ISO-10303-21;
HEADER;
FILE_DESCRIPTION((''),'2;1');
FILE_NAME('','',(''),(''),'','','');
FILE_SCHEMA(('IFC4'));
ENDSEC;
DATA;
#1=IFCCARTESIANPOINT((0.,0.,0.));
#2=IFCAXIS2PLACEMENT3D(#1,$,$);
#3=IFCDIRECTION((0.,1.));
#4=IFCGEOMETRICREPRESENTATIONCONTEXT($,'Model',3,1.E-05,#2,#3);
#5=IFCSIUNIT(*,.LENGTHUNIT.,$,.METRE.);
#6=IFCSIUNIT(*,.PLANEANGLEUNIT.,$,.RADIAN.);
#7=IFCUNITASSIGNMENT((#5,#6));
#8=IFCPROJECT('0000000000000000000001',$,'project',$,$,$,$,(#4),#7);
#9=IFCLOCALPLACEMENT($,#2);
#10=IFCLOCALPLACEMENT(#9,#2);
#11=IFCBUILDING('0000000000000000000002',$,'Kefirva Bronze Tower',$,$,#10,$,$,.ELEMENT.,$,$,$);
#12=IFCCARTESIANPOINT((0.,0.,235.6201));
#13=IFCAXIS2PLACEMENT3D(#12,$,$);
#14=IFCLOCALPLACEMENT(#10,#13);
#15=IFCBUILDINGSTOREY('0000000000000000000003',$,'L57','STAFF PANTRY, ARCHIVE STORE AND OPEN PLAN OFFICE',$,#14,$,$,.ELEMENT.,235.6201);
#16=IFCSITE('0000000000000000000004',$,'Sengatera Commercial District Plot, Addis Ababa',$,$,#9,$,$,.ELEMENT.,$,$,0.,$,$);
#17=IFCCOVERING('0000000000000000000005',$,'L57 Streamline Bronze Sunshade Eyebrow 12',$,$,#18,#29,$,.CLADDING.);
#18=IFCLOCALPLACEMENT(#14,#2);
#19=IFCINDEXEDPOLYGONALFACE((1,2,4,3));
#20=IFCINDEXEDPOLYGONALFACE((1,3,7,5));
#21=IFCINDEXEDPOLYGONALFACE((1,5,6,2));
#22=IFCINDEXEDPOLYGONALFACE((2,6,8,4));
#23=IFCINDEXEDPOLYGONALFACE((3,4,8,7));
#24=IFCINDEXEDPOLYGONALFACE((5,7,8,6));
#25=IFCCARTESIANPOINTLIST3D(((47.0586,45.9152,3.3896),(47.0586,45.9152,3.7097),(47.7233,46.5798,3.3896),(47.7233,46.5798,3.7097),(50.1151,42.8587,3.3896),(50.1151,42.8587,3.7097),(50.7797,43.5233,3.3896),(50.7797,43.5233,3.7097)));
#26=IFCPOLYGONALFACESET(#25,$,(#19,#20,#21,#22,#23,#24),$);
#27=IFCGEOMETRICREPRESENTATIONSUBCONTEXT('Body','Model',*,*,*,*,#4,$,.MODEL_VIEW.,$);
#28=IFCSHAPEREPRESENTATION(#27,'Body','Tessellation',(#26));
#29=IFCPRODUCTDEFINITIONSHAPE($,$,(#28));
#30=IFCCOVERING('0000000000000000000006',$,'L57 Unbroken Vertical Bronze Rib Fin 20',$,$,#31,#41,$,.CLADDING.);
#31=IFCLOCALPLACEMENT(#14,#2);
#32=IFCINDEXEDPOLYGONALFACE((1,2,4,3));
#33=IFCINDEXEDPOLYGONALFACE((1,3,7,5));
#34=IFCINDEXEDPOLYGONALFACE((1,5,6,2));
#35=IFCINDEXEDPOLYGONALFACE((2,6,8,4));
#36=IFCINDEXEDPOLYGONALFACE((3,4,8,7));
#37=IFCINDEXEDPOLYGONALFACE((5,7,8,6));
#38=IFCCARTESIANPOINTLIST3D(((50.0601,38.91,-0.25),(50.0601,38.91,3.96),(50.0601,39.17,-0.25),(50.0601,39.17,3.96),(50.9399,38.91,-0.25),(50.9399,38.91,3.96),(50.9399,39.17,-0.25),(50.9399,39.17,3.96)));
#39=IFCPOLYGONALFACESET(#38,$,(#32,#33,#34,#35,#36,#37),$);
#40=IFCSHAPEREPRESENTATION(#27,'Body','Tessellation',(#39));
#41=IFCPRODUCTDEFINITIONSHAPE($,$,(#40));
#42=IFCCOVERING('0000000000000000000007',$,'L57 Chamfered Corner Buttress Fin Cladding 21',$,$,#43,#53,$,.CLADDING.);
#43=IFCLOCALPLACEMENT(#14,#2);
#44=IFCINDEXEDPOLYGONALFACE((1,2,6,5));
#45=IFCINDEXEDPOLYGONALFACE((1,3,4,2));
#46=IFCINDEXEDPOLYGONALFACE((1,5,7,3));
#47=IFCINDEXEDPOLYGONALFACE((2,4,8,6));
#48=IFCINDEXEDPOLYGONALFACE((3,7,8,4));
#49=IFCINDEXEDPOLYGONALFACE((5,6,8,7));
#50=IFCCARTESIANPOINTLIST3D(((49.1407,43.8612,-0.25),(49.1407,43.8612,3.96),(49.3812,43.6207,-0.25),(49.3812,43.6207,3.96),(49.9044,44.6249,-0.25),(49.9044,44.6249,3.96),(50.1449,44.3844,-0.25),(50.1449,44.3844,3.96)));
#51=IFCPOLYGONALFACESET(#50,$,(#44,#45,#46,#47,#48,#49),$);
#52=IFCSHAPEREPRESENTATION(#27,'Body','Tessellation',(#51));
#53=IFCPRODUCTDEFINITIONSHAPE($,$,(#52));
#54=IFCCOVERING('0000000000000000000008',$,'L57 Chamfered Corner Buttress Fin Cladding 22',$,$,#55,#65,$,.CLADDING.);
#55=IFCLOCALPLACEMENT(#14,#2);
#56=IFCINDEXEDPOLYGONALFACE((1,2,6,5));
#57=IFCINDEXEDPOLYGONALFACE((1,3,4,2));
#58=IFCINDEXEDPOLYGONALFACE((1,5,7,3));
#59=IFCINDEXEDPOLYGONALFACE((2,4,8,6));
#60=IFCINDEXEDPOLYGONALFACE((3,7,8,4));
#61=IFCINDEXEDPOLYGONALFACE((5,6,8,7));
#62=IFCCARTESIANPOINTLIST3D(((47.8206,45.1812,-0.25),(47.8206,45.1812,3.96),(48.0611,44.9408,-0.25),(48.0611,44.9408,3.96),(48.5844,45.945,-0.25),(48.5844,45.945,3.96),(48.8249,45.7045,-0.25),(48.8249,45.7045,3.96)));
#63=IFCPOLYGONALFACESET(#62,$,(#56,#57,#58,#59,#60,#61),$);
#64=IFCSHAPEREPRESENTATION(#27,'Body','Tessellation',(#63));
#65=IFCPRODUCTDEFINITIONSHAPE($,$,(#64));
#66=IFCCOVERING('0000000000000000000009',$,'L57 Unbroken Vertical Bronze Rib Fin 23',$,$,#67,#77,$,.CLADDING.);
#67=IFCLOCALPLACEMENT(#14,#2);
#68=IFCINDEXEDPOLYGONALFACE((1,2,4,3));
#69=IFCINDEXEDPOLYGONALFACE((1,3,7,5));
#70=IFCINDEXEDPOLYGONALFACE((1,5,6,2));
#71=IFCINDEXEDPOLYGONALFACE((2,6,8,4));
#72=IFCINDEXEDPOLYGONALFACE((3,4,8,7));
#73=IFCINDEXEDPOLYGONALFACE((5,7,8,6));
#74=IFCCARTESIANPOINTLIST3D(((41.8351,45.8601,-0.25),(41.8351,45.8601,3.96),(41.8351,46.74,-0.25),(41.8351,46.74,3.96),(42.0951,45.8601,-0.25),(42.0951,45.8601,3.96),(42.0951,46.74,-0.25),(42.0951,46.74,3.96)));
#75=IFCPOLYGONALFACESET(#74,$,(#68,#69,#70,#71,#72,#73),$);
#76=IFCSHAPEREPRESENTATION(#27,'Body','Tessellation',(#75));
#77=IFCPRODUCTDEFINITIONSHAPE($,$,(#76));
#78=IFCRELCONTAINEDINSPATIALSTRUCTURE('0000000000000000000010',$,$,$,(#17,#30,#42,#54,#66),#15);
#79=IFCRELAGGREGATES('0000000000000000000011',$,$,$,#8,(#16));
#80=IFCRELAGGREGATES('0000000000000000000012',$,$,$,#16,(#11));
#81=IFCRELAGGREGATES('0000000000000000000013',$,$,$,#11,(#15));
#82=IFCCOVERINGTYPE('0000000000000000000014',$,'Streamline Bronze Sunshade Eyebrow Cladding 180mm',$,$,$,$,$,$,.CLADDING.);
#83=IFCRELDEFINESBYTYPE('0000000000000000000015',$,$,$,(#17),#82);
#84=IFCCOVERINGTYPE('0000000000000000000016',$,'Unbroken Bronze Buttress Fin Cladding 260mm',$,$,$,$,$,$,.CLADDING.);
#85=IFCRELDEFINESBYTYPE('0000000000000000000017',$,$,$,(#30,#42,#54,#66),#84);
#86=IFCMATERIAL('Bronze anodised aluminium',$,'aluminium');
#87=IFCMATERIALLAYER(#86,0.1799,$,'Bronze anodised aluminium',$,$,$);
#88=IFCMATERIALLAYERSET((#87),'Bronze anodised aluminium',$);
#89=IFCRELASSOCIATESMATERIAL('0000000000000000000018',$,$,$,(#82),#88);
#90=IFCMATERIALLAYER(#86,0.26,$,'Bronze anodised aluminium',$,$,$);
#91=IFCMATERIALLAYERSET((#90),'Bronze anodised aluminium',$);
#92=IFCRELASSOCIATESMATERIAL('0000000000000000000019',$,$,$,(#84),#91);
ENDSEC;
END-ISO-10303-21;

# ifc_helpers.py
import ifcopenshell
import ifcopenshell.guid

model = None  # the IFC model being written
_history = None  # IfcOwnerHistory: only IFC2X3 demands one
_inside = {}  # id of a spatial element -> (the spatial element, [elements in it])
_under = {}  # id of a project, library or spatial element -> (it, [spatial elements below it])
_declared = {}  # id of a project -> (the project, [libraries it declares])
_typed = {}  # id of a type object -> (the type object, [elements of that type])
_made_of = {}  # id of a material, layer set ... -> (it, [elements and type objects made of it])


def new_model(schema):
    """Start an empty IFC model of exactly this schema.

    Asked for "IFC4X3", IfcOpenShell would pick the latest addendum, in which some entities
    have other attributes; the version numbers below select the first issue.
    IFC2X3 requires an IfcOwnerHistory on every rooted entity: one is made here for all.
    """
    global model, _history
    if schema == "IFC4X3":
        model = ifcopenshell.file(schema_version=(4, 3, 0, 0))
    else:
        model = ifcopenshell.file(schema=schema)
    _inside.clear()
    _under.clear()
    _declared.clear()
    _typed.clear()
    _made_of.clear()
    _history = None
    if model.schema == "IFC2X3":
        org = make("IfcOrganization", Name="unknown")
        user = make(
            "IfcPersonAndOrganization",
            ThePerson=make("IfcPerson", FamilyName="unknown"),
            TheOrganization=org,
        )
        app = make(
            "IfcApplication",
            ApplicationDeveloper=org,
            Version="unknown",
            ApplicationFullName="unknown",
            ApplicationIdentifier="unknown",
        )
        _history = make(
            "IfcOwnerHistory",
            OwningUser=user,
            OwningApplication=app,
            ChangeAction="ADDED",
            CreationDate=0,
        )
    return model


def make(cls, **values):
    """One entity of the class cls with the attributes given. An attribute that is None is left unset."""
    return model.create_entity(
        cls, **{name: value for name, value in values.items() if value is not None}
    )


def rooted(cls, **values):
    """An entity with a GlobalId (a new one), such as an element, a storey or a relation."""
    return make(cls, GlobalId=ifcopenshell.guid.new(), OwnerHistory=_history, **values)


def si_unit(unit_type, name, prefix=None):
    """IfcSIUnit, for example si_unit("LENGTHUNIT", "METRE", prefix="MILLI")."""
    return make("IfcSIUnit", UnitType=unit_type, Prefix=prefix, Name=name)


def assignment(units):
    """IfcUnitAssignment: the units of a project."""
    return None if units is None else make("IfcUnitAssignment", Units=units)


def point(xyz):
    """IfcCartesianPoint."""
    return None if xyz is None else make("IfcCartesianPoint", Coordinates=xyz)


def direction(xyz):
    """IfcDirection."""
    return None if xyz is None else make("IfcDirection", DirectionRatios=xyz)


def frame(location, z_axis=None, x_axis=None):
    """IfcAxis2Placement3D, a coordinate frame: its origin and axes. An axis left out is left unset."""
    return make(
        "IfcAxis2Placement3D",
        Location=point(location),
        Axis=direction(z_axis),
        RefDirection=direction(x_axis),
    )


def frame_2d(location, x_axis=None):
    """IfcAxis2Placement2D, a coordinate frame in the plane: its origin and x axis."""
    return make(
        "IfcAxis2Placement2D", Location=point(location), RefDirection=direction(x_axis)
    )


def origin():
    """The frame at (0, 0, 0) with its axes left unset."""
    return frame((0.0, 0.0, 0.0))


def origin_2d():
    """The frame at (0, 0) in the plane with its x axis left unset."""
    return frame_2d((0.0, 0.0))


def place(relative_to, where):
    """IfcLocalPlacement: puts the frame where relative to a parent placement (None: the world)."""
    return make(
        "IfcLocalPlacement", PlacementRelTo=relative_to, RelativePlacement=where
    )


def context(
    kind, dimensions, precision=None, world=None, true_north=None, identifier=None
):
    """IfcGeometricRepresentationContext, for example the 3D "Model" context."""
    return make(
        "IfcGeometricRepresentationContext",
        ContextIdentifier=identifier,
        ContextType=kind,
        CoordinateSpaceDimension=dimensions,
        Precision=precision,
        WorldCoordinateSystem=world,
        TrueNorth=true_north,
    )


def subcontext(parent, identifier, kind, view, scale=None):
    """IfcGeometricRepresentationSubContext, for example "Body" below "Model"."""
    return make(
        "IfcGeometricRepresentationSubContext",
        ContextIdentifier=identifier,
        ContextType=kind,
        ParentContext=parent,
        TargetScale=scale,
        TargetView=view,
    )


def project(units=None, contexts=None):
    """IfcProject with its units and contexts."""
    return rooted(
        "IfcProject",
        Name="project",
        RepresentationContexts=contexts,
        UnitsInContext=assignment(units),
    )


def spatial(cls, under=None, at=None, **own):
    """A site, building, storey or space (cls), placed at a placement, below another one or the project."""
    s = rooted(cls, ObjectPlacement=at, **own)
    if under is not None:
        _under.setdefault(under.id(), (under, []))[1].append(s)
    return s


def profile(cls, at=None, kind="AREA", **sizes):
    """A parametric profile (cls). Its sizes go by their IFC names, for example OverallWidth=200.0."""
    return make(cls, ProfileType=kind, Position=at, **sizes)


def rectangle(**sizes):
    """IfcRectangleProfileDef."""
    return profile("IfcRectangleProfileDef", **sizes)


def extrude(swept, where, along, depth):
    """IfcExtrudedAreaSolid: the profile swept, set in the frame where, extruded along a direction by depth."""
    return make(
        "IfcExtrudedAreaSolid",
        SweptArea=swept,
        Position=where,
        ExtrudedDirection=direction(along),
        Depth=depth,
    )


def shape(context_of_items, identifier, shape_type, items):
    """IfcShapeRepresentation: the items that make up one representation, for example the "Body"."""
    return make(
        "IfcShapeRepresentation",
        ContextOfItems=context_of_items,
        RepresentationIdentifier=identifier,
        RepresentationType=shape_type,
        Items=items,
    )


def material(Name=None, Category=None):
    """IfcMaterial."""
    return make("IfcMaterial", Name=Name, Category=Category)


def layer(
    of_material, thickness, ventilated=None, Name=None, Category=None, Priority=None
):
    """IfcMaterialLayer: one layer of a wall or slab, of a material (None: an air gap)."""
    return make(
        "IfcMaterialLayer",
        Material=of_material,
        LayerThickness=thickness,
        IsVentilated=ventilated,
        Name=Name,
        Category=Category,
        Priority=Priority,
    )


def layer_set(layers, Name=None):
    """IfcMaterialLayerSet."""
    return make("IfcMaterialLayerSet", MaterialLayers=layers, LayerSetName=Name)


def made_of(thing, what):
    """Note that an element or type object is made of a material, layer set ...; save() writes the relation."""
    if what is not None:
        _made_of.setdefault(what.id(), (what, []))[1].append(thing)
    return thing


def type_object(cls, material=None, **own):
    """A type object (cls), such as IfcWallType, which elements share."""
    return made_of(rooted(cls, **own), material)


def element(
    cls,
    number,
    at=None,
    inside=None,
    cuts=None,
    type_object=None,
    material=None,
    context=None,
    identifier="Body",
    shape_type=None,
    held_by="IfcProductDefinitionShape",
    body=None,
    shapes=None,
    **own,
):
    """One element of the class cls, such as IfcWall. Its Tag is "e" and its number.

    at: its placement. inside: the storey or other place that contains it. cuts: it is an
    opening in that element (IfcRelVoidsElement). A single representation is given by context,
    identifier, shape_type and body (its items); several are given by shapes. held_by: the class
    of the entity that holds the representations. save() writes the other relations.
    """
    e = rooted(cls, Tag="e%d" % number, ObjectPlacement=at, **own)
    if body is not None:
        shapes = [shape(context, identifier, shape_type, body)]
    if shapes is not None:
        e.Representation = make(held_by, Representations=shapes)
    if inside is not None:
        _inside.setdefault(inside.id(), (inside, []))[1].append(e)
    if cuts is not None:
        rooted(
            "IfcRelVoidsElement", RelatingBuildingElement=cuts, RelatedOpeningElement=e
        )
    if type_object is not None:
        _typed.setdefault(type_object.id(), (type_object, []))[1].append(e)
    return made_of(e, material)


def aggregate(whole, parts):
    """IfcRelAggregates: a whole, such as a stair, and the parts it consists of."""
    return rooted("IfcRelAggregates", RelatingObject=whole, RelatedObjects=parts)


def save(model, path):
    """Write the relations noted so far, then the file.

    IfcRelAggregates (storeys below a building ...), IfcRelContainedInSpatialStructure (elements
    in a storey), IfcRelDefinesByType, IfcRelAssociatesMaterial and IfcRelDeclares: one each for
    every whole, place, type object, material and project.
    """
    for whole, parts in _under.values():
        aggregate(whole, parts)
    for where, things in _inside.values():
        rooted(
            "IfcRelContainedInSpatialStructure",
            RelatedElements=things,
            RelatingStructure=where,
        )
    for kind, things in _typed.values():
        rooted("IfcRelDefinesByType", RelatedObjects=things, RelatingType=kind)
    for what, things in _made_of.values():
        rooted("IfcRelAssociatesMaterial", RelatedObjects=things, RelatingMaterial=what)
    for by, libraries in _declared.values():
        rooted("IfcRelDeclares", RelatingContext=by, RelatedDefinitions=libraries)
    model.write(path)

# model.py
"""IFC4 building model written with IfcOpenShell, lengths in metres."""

from ifc_helpers import new_model, si_unit, direction, frame, origin, origin_2d, place, context, subcontext, project, spatial, rectangle, extrude, material, layer, layer_set, type_object, element, save


model = new_model("IFC4")

# Units and contexts
model_context = context("Model", 3, precision=1e-05, world=origin(), true_north=direction((0.0, 1.0)))
body_context = subcontext(model_context, "Body", "Model", "MODEL_VIEW")
ifc_project = project(units=[si_unit("LENGTHUNIT", "METRE"), si_unit("PLANEANGLEUNIT", "RADIAN")], contexts=[model_context])

# Site, building, storey
site_placement = place(None, origin())
site = spatial("IfcSite", under=ifc_project, at=site_placement, Name="Sengatera Commercial District Plot, Addis Ababa", CompositionType="ELEMENT", RefElevation=0.0)
building_placement = place(site_placement, origin())
building = spatial("IfcBuilding", under=site, at=building_placement, Name="Kefirva Bronze Tower", CompositionType="ELEMENT")
storey_placement = place(building_placement, frame((0.0, 0.0, 235.6201)))
storey = spatial("IfcBuildingStorey", under=building, at=storey_placement, Name="L57", Description="STAFF PANTRY, ARCHIVE STORE AND OPEN PLAN OFFICE", CompositionType="ELEMENT", Elevation=235.6201)

# Coverings
ifc_material_1 = material(Name="Bronze anodised aluminium", Category="aluminium")
ifc_layer_1 = layer(ifc_material_1, 0.1799, Name="Bronze anodised aluminium")
ifc_layer_set_1 = layer_set([ifc_layer_1], Name="Bronze anodised aluminium")
covering_type_1 = type_object("IfcCoveringType", Name="Streamline Bronze Sunshade Eyebrow Cladding 180mm", PredefinedType="CLADDING", material=ifc_layer_set_1)
covering_1_placement = place(storey_placement, frame((48.9192, 44.7192, 3.3896), z_axis=(0.0, 0.0, 1.0), x_axis=(-0.707107, 0.707107, 0.0)))
element("IfcCovering", 1, at=covering_1_placement, inside=storey, type_object=covering_type_1, Name="L57 Streamline Bronze Sunshade Eyebrow 12", PredefinedType="CLADDING", context=body_context, shape_type="SweptSolid", body=[
    extrude(rectangle(XDim=4.3225, YDim=0.9399, at=origin_2d()), origin(), (0.0, 0.0, 1.0), 0.3201),
])
ifc_layer_2 = layer(ifc_material_1, 0.26, Name="Bronze anodised aluminium")
ifc_layer_set_2 = layer_set([ifc_layer_2], Name="Bronze anodised aluminium")
covering_type_2 = type_object("IfcCoveringType", Name="Unbroken Bronze Buttress Fin Cladding 260mm", PredefinedType="CLADDING", material=ifc_layer_set_2)
covering_2_placement = place(storey_placement, frame((50.5, 39.04, -0.25), z_axis=(0.0, 0.0, 1.0), x_axis=(0.0, 1.0, 0.0)))
element("IfcCovering", 2, at=covering_2_placement, inside=storey, type_object=covering_type_2, Name="L57 Unbroken Vertical Bronze Rib Fin 20", PredefinedType="CLADDING", context=body_context, shape_type="SweptSolid", body=[
    extrude(rectangle(XDim=0.26, YDim=0.8799, at=origin_2d()), origin(), (0.0, 0.0, 1.0), 4.21),
])
for number, where, z_axis, x_axis, name in (
    (3, (49.6428, 44.1228, -0.25), (0.0, 0.0, 1.0), (-0.707107, 0.707107, 0.0), "L57 Chamfered Corner Buttress Fin Cladding 21"),
    (4, (48.3228, 45.4429, -0.25), (0.0, 0.0, 1.0), (-0.707107, 0.707107, 0.0), "L57 Chamfered Corner Buttress Fin Cladding 22"),
):
    element("IfcCovering", number, at=place(storey_placement, frame(where, z_axis=z_axis, x_axis=x_axis)), inside=storey, type_object=covering_type_2, Name=name, PredefinedType="CLADDING", context=body_context, shape_type="SweptSolid", body=[
        extrude(rectangle(XDim=0.3401, YDim=1.0801, at=origin_2d()), origin(), (0.0, 0.0, 1.0), 4.21),
    ])
covering_3_placement = place(storey_placement, frame((41.9651, 46.3, -0.25), z_axis=(0.0, 0.0, 1.0), x_axis=(-1.0, 0.0, 0.0)))
element("IfcCovering", 5, at=covering_3_placement, inside=storey, type_object=covering_type_2, Name="L57 Unbroken Vertical Bronze Rib Fin 23", PredefinedType="CLADDING", context=body_context, shape_type="SweptSolid", body=[
    extrude(rectangle(XDim=0.26, YDim=0.8799, at=origin_2d()), origin(), (0.0, 0.0, 1.0), 4.21),
])

save(model, "model.ifc")
